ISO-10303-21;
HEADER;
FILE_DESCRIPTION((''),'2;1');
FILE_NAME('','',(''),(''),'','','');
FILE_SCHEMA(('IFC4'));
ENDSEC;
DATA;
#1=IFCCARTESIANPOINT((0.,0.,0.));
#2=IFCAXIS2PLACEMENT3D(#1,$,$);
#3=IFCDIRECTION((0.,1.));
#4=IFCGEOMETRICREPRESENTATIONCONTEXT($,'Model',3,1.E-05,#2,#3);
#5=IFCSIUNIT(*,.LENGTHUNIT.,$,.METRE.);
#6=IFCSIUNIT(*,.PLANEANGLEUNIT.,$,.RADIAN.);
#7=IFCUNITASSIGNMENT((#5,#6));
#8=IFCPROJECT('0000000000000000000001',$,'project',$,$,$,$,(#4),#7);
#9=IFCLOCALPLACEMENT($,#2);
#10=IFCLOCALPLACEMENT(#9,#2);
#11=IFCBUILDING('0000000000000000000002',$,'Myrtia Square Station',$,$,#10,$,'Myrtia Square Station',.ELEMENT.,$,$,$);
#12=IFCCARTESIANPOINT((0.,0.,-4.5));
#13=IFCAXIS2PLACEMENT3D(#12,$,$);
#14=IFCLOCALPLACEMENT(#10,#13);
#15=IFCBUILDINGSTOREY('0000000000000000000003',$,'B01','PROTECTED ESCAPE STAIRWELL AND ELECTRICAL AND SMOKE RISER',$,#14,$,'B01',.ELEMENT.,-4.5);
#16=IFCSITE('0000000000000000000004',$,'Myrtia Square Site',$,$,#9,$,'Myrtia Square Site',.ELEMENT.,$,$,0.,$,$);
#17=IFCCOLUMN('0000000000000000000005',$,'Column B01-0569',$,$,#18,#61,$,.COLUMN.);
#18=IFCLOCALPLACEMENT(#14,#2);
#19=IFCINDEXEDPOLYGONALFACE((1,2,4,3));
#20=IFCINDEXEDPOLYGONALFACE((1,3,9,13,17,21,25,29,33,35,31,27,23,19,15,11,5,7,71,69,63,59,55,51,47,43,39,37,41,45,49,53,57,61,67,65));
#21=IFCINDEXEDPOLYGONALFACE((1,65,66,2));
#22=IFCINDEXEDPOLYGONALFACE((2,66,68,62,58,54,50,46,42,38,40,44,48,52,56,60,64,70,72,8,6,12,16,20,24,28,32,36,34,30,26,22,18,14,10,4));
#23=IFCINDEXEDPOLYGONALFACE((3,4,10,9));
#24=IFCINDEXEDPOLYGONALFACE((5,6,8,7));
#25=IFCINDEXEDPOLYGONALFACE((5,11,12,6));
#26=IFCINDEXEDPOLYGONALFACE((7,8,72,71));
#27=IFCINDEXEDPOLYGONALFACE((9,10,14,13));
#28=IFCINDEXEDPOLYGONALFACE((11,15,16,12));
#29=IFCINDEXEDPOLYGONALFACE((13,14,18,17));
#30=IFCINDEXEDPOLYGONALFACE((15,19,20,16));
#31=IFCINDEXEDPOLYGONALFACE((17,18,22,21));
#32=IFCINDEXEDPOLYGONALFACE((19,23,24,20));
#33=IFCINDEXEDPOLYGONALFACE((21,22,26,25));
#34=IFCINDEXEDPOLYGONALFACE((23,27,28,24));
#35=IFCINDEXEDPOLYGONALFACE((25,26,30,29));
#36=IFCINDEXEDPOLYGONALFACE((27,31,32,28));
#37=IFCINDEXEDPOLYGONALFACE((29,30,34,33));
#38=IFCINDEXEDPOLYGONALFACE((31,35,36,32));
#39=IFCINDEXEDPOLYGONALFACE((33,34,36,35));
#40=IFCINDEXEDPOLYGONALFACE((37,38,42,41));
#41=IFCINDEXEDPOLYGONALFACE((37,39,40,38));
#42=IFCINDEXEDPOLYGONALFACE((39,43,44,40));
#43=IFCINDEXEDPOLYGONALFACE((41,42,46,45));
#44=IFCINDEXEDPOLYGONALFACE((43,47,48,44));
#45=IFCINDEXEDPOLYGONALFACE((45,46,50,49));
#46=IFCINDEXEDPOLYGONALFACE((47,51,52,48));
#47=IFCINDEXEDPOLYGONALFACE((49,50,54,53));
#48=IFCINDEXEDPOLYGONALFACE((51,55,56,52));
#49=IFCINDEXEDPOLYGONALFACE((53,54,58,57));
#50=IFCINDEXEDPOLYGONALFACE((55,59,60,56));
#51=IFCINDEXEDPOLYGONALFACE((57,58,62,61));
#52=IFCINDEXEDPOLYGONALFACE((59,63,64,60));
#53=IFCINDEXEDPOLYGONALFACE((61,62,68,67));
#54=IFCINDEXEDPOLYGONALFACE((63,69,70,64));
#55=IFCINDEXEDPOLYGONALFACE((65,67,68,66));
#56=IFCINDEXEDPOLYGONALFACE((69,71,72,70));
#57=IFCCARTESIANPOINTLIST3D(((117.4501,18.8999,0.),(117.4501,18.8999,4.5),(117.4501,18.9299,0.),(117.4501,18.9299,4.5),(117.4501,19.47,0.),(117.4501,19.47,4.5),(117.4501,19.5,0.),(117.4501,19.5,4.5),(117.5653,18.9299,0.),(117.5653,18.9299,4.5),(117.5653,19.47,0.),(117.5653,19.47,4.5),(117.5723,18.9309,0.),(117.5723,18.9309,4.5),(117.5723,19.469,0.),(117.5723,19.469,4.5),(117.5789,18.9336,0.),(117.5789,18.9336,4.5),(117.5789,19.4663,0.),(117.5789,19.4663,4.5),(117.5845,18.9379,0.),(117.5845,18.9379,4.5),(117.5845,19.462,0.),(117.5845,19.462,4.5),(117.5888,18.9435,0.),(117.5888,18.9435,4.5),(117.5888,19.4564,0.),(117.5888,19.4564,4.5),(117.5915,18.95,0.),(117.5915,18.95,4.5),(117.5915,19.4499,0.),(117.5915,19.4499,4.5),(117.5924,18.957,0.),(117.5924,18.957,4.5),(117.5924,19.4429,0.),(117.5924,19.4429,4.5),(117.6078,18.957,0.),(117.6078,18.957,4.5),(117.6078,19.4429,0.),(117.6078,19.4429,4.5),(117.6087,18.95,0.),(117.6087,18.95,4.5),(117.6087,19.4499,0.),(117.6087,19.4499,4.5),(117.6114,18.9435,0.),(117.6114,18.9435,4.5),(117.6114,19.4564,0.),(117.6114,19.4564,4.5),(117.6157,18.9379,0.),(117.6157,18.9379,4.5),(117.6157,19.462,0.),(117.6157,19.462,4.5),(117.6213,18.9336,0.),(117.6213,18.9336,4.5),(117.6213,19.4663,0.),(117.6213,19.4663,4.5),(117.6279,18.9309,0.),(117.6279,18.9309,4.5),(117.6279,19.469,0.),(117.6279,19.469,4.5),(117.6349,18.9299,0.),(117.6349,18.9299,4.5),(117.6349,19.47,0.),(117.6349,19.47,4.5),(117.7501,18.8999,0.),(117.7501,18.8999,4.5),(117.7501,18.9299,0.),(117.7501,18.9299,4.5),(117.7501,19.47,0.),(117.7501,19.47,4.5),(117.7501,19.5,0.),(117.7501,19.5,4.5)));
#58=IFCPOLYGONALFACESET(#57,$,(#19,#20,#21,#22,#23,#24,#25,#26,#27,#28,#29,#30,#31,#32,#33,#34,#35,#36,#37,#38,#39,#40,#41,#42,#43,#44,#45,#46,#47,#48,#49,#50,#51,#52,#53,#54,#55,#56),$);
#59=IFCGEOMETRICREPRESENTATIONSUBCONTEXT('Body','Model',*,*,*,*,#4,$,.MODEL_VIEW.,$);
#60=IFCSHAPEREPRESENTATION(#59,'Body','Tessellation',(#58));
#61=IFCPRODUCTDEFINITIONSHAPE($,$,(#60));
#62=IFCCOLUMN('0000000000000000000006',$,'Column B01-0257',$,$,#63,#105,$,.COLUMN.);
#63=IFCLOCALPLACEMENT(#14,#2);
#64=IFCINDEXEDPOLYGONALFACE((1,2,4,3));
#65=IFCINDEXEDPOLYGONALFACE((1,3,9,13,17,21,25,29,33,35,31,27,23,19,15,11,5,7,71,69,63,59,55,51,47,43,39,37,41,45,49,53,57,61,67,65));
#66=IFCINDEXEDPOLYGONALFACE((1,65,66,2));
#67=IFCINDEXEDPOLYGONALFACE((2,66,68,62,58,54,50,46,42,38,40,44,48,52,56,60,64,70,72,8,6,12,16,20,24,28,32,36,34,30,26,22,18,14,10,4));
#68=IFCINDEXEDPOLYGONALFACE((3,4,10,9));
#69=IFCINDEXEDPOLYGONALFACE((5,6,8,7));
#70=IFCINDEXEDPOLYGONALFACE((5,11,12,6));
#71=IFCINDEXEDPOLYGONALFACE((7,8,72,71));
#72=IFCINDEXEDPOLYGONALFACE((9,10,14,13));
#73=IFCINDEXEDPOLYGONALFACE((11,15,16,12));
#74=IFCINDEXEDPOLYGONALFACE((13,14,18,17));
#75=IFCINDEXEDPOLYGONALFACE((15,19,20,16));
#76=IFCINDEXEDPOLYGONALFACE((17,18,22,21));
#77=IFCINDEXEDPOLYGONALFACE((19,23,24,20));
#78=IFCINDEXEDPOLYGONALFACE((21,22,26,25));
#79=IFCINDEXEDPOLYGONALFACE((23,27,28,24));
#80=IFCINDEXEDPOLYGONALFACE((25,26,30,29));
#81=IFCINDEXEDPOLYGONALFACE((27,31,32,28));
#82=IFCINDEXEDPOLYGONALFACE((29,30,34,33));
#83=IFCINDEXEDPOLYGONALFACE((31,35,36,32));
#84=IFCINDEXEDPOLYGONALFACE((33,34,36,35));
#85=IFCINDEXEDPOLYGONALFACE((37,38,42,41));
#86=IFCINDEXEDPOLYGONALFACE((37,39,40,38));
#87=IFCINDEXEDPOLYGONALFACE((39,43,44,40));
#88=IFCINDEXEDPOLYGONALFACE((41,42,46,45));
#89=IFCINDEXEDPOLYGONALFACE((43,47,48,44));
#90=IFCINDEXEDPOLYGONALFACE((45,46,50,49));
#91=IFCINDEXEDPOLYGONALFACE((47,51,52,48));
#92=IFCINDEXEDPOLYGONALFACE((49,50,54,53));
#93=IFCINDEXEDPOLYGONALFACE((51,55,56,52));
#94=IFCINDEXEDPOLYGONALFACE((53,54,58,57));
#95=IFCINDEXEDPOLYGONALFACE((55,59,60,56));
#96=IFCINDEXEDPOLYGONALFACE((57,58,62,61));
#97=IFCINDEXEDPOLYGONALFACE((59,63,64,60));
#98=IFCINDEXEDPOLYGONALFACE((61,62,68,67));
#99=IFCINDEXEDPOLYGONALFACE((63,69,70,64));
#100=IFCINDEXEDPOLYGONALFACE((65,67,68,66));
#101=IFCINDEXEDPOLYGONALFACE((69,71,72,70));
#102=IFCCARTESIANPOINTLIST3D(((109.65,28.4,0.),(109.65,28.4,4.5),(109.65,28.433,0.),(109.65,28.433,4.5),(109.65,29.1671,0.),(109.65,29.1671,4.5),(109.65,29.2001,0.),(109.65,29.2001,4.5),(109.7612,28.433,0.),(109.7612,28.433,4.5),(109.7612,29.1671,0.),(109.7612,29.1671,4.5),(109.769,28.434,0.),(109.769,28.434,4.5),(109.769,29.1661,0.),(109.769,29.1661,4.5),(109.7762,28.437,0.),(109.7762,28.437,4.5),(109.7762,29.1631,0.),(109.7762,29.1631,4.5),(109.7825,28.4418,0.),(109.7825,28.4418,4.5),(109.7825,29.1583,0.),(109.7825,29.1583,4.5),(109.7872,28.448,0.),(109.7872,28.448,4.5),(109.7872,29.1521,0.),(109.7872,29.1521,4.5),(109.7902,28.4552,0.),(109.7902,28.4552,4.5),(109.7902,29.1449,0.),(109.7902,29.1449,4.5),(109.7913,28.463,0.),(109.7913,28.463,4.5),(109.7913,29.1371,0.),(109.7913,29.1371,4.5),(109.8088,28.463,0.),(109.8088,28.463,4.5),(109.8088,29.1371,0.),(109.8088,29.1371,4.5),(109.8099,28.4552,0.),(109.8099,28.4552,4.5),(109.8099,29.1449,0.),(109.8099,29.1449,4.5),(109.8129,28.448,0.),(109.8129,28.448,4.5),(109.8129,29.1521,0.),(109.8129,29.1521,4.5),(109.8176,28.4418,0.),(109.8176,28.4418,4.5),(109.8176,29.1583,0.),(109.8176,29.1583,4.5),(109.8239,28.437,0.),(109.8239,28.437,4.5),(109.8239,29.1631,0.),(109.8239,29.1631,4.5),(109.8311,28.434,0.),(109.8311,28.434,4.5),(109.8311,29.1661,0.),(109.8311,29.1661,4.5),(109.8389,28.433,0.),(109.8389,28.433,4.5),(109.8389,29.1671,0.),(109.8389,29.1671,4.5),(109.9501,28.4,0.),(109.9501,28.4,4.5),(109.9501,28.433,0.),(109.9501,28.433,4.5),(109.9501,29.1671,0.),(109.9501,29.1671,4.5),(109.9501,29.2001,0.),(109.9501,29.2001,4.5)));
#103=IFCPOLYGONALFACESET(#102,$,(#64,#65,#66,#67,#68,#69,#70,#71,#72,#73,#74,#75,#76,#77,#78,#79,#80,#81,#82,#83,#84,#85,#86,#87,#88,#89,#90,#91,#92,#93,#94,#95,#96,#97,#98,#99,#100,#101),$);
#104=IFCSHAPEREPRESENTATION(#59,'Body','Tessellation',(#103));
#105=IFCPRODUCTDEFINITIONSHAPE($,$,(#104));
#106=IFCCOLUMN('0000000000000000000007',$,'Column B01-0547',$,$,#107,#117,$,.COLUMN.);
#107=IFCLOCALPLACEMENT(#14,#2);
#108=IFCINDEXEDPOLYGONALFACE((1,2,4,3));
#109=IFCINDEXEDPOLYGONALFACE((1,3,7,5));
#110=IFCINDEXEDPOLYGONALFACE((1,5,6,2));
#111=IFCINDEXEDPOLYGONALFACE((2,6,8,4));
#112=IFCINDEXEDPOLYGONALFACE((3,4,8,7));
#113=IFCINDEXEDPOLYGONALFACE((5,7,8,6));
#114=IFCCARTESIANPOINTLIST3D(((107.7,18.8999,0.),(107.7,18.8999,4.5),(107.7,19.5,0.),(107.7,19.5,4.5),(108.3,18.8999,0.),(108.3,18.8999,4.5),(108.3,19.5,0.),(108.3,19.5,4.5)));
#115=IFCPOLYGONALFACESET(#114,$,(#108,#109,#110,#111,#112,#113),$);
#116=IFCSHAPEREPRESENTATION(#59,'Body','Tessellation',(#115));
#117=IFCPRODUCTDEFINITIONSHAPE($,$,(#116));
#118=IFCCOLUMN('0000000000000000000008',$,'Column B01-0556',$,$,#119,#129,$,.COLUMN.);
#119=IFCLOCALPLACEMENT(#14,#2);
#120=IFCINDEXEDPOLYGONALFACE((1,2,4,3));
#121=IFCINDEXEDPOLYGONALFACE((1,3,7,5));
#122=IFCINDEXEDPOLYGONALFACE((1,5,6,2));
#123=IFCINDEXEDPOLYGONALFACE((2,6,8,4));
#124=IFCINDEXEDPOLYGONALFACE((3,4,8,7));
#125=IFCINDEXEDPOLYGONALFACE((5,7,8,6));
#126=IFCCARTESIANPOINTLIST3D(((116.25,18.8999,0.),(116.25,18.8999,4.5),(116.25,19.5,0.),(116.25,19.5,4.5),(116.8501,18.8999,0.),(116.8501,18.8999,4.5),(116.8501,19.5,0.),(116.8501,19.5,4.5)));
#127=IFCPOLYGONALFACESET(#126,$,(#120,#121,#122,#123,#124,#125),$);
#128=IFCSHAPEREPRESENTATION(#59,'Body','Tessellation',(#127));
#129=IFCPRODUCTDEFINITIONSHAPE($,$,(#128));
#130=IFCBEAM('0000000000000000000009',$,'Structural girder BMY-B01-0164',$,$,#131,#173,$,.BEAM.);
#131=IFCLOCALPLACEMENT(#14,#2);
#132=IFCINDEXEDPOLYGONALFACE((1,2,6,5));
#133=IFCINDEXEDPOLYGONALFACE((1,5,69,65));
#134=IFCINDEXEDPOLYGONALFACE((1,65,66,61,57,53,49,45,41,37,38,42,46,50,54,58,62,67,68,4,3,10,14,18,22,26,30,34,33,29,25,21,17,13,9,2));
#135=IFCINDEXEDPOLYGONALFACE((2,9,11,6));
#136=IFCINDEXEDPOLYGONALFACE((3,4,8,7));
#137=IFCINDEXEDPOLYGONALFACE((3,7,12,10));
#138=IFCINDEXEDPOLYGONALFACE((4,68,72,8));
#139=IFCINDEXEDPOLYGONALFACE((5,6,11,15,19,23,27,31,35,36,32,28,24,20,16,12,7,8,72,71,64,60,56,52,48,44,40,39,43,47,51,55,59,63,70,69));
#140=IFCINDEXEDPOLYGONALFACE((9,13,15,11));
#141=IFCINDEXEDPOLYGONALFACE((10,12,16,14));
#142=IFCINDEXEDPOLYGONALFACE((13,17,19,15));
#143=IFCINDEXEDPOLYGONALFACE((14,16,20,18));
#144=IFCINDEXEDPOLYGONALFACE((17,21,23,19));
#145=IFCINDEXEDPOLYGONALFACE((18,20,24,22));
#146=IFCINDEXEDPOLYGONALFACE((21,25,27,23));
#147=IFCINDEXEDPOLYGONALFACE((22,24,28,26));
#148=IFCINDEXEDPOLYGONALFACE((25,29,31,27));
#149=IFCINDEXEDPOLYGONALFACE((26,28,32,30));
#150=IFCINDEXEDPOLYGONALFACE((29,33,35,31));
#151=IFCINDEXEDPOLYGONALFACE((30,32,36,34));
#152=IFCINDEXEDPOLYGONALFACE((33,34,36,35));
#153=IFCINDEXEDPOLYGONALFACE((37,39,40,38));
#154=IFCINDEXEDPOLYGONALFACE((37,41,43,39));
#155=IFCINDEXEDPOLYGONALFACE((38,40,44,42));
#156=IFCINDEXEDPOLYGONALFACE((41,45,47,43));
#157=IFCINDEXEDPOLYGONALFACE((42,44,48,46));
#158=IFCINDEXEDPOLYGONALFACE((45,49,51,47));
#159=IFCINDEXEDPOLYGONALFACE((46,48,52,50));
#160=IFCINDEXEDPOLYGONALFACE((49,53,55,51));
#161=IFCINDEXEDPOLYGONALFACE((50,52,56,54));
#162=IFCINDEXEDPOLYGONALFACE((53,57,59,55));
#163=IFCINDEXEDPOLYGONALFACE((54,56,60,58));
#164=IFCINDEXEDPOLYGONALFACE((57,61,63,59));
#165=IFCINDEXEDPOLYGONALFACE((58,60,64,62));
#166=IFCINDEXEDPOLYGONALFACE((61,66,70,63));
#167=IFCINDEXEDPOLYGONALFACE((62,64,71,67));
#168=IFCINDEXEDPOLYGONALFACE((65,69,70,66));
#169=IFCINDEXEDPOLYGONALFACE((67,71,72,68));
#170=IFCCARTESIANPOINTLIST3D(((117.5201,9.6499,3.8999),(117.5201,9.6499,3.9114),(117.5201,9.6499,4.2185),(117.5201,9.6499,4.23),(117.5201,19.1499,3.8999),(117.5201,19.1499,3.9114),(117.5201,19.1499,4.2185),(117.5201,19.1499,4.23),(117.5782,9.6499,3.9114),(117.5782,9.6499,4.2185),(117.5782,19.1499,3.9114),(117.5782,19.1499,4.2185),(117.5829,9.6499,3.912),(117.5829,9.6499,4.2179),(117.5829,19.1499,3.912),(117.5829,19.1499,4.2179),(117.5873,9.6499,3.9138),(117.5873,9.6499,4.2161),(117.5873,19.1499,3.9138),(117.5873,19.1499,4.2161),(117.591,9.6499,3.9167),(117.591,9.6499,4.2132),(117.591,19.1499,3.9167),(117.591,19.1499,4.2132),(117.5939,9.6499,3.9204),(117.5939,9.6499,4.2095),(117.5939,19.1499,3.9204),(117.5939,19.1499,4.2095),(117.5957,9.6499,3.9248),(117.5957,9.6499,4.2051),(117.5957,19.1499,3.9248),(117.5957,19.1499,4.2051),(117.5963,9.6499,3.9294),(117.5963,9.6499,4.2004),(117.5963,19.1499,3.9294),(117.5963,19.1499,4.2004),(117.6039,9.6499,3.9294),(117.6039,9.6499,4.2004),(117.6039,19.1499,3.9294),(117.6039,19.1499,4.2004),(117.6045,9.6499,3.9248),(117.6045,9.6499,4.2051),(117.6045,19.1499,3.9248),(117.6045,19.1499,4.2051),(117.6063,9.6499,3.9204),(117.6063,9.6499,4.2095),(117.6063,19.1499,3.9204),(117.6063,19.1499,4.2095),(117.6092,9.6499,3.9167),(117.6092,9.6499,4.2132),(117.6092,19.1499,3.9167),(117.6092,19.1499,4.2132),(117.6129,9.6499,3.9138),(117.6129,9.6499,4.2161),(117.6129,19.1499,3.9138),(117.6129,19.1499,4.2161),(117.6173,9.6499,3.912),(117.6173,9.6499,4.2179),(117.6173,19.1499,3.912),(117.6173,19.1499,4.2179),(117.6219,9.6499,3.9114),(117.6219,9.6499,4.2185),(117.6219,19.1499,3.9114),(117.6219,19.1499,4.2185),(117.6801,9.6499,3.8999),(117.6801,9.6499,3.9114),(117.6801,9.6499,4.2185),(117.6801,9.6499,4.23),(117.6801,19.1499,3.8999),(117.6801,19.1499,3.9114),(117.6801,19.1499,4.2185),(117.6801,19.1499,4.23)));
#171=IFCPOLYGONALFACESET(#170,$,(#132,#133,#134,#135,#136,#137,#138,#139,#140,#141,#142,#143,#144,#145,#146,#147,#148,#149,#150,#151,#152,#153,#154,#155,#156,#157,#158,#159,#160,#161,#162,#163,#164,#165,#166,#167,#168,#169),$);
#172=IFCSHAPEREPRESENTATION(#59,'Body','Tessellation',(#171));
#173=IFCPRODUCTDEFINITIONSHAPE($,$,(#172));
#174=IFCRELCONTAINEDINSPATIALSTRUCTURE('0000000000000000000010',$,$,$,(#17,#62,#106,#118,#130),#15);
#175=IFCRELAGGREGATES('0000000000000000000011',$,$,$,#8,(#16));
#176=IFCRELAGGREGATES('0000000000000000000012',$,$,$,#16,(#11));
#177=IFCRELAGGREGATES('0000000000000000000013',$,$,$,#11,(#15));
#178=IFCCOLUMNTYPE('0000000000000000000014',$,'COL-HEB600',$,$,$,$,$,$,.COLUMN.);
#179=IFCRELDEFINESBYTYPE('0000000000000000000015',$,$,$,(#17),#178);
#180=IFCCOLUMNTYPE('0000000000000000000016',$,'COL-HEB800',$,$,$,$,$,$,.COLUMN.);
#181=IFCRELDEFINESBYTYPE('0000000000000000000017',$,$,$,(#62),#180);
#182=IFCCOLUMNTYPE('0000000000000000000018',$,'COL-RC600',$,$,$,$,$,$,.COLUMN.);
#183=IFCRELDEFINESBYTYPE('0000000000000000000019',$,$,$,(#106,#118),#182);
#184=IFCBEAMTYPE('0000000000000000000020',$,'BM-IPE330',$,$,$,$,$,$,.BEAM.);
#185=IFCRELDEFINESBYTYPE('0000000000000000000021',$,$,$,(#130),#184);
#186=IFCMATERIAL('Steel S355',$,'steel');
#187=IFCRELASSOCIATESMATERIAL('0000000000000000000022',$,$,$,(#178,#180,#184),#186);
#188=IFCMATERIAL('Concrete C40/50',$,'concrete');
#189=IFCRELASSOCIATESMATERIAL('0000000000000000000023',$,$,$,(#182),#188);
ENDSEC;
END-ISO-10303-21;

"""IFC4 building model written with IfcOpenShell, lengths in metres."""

from ifc_helpers import new_model, si_unit, direction, frame, origin, origin_2d, place, context, subcontext, project, spatial, rectangle, i_section, extrude, material, material_profile, profile_set, type_object, element, save


model = new_model("IFC4")

# Units and contexts
model_context = context("Model", 3, precision=1e-05, world=origin(), true_north=direction((0.0, 1.0)))
body_context = subcontext(model_context, "Body", "Model", "MODEL_VIEW")
ifc_project = project(units=[si_unit("LENGTHUNIT", "METRE"), si_unit("PLANEANGLEUNIT", "RADIAN")], contexts=[model_context])

# Site, building, storey
site_placement = place(None, origin())
site = spatial("IfcSite", under=ifc_project, at=site_placement, Name="Myrtia Square Site", LongName="Myrtia Square Site", CompositionType="ELEMENT", RefElevation=0.0)
building_placement = place(site_placement, origin())
building = spatial("IfcBuilding", under=site, at=building_placement, Name="Myrtia Square Station", LongName="Myrtia Square Station", CompositionType="ELEMENT")
storey_placement = place(building_placement, frame((0.0, 0.0, -4.5)))
storey = spatial("IfcBuildingStorey", under=building, at=storey_placement, Name="B01", Description="PROTECTED ESCAPE STAIRWELL AND ELECTRICAL AND SMOKE RISER", LongName="B01", CompositionType="ELEMENT", Elevation=-4.5)

# Columns
ifc_material_1 = material(Name="Steel S355", Category="steel")
ifc_material_profile_1 = material_profile(ifc_material_1, i_section(OverallWidth=0.3, OverallDepth=0.6001, WebThickness=0.0154, FlangeThickness=0.03, FilletRadius=0.0271, at=origin_2d()), Name="HEB 600")
ifc_profile_set_1 = profile_set([ifc_material_profile_1], Name="Steel S355")
column_type_1 = type_object("IfcColumnType", Name="COL-HEB600", PredefinedType="COLUMN", material=ifc_profile_set_1)
column_1_placement = place(storey_placement, frame((117.6001, 19.2, 0.0), z_axis=(0.0, 0.0, 1.0), x_axis=(1.0, 0.0, 0.0)))
element("IfcColumn", 1, at=column_1_placement, inside=storey, type_object=column_type_1, Name="Column B01-0569", PredefinedType="COLUMN", context=body_context, shape_type="SweptSolid", body=[
    extrude(i_section(OverallWidth=0.3, OverallDepth=0.6001, WebThickness=0.0154, FlangeThickness=0.03, FilletRadius=0.0271, at=origin_2d()), origin(), (0.0, 0.0, 1.0), 4.5),
])
ifc_material_profile_2 = material_profile(ifc_material_1, i_section(OverallWidth=0.3, OverallDepth=0.8, WebThickness=0.0176, FlangeThickness=0.033, FilletRadius=0.03, at=origin_2d()), Name="HEB 800")
ifc_profile_set_2 = profile_set([ifc_material_profile_2], Name="Steel S355")
column_type_2 = type_object("IfcColumnType", Name="COL-HEB800", PredefinedType="COLUMN", material=ifc_profile_set_2)
column_2_placement = place(storey_placement, frame((109.8, 28.8, 0.0), z_axis=(0.0, 0.0, 1.0), x_axis=(1.0, 0.0, 0.0)))
element("IfcColumn", 2, at=column_2_placement, inside=storey, type_object=column_type_2, Name="Column B01-0257", PredefinedType="COLUMN", context=body_context, shape_type="SweptSolid", body=[
    extrude(i_section(OverallWidth=0.3, OverallDepth=0.8, WebThickness=0.0176, FlangeThickness=0.033, FilletRadius=0.03, at=origin_2d()), origin(), (0.0, 0.0, 1.0), 4.5),
])
ifc_material_2 = material(Name="Concrete C40/50", Category="concrete")
ifc_material_profile_3 = material_profile(ifc_material_2, rectangle(XDim=0.6001, YDim=0.6001, at=origin_2d()), Name="RC 600x600")
ifc_profile_set_3 = profile_set([ifc_material_profile_3], Name="Concrete C40/50")
column_type_3 = type_object("IfcColumnType", Name="COL-RC600", PredefinedType="COLUMN", material=ifc_profile_set_3)
for number, where, z_axis, x_axis, name in (
    (3, (108.0, 19.2, 0.0), (0.0, 0.0, 1.0), (1.0, 0.0, 0.0), "Column B01-0547"),
    (4, (116.55, 19.2, 0.0), (0.0, 0.0, 1.0), (1.0, 0.0, 0.0), "Column B01-0556"),
):
    element("IfcColumn", number, at=place(storey_placement, frame(where, z_axis=z_axis, x_axis=x_axis)), inside=storey, type_object=column_type_3, Name=name, PredefinedType="COLUMN", context=body_context, shape_type="SweptSolid", body=[
        extrude(rectangle(XDim=0.6001, YDim=0.6001, at=origin_2d()), origin(), (0.0, 0.0, 1.0), 4.5),
    ])

# Beam
ifc_material_profile_4 = material_profile(ifc_material_1, i_section(OverallWidth=0.1599, OverallDepth=0.3301, WebThickness=0.0076, FlangeThickness=0.0115, FilletRadius=0.0181, at=origin_2d()), Name="IPE 330")
ifc_profile_set_4 = profile_set([ifc_material_profile_4], Name="Steel S355")
beam_type_1 = type_object("IfcBeamType", Name="BM-IPE330", PredefinedType="BEAM", material=ifc_profile_set_4)
beam_1_placement = place(storey_placement, frame((117.6001, 9.6499, 4.0649), z_axis=(0.0, 1.0, 0.0), x_axis=(-1.0, 0.0, 0.0)))
element("IfcBeam", 5, at=beam_1_placement, inside=storey, type_object=beam_type_1, Name="Structural girder BMY-B01-0164", PredefinedType="BEAM", context=body_context, shape_type="SweptSolid", body=[
    extrude(i_section(OverallWidth=0.1599, OverallDepth=0.3301, WebThickness=0.0076, FlangeThickness=0.0115, FilletRadius=0.0181, at=origin_2d()), origin(), (0.0, 0.0, 1.0), 9.5),
])

save(model, "model.ifc")
